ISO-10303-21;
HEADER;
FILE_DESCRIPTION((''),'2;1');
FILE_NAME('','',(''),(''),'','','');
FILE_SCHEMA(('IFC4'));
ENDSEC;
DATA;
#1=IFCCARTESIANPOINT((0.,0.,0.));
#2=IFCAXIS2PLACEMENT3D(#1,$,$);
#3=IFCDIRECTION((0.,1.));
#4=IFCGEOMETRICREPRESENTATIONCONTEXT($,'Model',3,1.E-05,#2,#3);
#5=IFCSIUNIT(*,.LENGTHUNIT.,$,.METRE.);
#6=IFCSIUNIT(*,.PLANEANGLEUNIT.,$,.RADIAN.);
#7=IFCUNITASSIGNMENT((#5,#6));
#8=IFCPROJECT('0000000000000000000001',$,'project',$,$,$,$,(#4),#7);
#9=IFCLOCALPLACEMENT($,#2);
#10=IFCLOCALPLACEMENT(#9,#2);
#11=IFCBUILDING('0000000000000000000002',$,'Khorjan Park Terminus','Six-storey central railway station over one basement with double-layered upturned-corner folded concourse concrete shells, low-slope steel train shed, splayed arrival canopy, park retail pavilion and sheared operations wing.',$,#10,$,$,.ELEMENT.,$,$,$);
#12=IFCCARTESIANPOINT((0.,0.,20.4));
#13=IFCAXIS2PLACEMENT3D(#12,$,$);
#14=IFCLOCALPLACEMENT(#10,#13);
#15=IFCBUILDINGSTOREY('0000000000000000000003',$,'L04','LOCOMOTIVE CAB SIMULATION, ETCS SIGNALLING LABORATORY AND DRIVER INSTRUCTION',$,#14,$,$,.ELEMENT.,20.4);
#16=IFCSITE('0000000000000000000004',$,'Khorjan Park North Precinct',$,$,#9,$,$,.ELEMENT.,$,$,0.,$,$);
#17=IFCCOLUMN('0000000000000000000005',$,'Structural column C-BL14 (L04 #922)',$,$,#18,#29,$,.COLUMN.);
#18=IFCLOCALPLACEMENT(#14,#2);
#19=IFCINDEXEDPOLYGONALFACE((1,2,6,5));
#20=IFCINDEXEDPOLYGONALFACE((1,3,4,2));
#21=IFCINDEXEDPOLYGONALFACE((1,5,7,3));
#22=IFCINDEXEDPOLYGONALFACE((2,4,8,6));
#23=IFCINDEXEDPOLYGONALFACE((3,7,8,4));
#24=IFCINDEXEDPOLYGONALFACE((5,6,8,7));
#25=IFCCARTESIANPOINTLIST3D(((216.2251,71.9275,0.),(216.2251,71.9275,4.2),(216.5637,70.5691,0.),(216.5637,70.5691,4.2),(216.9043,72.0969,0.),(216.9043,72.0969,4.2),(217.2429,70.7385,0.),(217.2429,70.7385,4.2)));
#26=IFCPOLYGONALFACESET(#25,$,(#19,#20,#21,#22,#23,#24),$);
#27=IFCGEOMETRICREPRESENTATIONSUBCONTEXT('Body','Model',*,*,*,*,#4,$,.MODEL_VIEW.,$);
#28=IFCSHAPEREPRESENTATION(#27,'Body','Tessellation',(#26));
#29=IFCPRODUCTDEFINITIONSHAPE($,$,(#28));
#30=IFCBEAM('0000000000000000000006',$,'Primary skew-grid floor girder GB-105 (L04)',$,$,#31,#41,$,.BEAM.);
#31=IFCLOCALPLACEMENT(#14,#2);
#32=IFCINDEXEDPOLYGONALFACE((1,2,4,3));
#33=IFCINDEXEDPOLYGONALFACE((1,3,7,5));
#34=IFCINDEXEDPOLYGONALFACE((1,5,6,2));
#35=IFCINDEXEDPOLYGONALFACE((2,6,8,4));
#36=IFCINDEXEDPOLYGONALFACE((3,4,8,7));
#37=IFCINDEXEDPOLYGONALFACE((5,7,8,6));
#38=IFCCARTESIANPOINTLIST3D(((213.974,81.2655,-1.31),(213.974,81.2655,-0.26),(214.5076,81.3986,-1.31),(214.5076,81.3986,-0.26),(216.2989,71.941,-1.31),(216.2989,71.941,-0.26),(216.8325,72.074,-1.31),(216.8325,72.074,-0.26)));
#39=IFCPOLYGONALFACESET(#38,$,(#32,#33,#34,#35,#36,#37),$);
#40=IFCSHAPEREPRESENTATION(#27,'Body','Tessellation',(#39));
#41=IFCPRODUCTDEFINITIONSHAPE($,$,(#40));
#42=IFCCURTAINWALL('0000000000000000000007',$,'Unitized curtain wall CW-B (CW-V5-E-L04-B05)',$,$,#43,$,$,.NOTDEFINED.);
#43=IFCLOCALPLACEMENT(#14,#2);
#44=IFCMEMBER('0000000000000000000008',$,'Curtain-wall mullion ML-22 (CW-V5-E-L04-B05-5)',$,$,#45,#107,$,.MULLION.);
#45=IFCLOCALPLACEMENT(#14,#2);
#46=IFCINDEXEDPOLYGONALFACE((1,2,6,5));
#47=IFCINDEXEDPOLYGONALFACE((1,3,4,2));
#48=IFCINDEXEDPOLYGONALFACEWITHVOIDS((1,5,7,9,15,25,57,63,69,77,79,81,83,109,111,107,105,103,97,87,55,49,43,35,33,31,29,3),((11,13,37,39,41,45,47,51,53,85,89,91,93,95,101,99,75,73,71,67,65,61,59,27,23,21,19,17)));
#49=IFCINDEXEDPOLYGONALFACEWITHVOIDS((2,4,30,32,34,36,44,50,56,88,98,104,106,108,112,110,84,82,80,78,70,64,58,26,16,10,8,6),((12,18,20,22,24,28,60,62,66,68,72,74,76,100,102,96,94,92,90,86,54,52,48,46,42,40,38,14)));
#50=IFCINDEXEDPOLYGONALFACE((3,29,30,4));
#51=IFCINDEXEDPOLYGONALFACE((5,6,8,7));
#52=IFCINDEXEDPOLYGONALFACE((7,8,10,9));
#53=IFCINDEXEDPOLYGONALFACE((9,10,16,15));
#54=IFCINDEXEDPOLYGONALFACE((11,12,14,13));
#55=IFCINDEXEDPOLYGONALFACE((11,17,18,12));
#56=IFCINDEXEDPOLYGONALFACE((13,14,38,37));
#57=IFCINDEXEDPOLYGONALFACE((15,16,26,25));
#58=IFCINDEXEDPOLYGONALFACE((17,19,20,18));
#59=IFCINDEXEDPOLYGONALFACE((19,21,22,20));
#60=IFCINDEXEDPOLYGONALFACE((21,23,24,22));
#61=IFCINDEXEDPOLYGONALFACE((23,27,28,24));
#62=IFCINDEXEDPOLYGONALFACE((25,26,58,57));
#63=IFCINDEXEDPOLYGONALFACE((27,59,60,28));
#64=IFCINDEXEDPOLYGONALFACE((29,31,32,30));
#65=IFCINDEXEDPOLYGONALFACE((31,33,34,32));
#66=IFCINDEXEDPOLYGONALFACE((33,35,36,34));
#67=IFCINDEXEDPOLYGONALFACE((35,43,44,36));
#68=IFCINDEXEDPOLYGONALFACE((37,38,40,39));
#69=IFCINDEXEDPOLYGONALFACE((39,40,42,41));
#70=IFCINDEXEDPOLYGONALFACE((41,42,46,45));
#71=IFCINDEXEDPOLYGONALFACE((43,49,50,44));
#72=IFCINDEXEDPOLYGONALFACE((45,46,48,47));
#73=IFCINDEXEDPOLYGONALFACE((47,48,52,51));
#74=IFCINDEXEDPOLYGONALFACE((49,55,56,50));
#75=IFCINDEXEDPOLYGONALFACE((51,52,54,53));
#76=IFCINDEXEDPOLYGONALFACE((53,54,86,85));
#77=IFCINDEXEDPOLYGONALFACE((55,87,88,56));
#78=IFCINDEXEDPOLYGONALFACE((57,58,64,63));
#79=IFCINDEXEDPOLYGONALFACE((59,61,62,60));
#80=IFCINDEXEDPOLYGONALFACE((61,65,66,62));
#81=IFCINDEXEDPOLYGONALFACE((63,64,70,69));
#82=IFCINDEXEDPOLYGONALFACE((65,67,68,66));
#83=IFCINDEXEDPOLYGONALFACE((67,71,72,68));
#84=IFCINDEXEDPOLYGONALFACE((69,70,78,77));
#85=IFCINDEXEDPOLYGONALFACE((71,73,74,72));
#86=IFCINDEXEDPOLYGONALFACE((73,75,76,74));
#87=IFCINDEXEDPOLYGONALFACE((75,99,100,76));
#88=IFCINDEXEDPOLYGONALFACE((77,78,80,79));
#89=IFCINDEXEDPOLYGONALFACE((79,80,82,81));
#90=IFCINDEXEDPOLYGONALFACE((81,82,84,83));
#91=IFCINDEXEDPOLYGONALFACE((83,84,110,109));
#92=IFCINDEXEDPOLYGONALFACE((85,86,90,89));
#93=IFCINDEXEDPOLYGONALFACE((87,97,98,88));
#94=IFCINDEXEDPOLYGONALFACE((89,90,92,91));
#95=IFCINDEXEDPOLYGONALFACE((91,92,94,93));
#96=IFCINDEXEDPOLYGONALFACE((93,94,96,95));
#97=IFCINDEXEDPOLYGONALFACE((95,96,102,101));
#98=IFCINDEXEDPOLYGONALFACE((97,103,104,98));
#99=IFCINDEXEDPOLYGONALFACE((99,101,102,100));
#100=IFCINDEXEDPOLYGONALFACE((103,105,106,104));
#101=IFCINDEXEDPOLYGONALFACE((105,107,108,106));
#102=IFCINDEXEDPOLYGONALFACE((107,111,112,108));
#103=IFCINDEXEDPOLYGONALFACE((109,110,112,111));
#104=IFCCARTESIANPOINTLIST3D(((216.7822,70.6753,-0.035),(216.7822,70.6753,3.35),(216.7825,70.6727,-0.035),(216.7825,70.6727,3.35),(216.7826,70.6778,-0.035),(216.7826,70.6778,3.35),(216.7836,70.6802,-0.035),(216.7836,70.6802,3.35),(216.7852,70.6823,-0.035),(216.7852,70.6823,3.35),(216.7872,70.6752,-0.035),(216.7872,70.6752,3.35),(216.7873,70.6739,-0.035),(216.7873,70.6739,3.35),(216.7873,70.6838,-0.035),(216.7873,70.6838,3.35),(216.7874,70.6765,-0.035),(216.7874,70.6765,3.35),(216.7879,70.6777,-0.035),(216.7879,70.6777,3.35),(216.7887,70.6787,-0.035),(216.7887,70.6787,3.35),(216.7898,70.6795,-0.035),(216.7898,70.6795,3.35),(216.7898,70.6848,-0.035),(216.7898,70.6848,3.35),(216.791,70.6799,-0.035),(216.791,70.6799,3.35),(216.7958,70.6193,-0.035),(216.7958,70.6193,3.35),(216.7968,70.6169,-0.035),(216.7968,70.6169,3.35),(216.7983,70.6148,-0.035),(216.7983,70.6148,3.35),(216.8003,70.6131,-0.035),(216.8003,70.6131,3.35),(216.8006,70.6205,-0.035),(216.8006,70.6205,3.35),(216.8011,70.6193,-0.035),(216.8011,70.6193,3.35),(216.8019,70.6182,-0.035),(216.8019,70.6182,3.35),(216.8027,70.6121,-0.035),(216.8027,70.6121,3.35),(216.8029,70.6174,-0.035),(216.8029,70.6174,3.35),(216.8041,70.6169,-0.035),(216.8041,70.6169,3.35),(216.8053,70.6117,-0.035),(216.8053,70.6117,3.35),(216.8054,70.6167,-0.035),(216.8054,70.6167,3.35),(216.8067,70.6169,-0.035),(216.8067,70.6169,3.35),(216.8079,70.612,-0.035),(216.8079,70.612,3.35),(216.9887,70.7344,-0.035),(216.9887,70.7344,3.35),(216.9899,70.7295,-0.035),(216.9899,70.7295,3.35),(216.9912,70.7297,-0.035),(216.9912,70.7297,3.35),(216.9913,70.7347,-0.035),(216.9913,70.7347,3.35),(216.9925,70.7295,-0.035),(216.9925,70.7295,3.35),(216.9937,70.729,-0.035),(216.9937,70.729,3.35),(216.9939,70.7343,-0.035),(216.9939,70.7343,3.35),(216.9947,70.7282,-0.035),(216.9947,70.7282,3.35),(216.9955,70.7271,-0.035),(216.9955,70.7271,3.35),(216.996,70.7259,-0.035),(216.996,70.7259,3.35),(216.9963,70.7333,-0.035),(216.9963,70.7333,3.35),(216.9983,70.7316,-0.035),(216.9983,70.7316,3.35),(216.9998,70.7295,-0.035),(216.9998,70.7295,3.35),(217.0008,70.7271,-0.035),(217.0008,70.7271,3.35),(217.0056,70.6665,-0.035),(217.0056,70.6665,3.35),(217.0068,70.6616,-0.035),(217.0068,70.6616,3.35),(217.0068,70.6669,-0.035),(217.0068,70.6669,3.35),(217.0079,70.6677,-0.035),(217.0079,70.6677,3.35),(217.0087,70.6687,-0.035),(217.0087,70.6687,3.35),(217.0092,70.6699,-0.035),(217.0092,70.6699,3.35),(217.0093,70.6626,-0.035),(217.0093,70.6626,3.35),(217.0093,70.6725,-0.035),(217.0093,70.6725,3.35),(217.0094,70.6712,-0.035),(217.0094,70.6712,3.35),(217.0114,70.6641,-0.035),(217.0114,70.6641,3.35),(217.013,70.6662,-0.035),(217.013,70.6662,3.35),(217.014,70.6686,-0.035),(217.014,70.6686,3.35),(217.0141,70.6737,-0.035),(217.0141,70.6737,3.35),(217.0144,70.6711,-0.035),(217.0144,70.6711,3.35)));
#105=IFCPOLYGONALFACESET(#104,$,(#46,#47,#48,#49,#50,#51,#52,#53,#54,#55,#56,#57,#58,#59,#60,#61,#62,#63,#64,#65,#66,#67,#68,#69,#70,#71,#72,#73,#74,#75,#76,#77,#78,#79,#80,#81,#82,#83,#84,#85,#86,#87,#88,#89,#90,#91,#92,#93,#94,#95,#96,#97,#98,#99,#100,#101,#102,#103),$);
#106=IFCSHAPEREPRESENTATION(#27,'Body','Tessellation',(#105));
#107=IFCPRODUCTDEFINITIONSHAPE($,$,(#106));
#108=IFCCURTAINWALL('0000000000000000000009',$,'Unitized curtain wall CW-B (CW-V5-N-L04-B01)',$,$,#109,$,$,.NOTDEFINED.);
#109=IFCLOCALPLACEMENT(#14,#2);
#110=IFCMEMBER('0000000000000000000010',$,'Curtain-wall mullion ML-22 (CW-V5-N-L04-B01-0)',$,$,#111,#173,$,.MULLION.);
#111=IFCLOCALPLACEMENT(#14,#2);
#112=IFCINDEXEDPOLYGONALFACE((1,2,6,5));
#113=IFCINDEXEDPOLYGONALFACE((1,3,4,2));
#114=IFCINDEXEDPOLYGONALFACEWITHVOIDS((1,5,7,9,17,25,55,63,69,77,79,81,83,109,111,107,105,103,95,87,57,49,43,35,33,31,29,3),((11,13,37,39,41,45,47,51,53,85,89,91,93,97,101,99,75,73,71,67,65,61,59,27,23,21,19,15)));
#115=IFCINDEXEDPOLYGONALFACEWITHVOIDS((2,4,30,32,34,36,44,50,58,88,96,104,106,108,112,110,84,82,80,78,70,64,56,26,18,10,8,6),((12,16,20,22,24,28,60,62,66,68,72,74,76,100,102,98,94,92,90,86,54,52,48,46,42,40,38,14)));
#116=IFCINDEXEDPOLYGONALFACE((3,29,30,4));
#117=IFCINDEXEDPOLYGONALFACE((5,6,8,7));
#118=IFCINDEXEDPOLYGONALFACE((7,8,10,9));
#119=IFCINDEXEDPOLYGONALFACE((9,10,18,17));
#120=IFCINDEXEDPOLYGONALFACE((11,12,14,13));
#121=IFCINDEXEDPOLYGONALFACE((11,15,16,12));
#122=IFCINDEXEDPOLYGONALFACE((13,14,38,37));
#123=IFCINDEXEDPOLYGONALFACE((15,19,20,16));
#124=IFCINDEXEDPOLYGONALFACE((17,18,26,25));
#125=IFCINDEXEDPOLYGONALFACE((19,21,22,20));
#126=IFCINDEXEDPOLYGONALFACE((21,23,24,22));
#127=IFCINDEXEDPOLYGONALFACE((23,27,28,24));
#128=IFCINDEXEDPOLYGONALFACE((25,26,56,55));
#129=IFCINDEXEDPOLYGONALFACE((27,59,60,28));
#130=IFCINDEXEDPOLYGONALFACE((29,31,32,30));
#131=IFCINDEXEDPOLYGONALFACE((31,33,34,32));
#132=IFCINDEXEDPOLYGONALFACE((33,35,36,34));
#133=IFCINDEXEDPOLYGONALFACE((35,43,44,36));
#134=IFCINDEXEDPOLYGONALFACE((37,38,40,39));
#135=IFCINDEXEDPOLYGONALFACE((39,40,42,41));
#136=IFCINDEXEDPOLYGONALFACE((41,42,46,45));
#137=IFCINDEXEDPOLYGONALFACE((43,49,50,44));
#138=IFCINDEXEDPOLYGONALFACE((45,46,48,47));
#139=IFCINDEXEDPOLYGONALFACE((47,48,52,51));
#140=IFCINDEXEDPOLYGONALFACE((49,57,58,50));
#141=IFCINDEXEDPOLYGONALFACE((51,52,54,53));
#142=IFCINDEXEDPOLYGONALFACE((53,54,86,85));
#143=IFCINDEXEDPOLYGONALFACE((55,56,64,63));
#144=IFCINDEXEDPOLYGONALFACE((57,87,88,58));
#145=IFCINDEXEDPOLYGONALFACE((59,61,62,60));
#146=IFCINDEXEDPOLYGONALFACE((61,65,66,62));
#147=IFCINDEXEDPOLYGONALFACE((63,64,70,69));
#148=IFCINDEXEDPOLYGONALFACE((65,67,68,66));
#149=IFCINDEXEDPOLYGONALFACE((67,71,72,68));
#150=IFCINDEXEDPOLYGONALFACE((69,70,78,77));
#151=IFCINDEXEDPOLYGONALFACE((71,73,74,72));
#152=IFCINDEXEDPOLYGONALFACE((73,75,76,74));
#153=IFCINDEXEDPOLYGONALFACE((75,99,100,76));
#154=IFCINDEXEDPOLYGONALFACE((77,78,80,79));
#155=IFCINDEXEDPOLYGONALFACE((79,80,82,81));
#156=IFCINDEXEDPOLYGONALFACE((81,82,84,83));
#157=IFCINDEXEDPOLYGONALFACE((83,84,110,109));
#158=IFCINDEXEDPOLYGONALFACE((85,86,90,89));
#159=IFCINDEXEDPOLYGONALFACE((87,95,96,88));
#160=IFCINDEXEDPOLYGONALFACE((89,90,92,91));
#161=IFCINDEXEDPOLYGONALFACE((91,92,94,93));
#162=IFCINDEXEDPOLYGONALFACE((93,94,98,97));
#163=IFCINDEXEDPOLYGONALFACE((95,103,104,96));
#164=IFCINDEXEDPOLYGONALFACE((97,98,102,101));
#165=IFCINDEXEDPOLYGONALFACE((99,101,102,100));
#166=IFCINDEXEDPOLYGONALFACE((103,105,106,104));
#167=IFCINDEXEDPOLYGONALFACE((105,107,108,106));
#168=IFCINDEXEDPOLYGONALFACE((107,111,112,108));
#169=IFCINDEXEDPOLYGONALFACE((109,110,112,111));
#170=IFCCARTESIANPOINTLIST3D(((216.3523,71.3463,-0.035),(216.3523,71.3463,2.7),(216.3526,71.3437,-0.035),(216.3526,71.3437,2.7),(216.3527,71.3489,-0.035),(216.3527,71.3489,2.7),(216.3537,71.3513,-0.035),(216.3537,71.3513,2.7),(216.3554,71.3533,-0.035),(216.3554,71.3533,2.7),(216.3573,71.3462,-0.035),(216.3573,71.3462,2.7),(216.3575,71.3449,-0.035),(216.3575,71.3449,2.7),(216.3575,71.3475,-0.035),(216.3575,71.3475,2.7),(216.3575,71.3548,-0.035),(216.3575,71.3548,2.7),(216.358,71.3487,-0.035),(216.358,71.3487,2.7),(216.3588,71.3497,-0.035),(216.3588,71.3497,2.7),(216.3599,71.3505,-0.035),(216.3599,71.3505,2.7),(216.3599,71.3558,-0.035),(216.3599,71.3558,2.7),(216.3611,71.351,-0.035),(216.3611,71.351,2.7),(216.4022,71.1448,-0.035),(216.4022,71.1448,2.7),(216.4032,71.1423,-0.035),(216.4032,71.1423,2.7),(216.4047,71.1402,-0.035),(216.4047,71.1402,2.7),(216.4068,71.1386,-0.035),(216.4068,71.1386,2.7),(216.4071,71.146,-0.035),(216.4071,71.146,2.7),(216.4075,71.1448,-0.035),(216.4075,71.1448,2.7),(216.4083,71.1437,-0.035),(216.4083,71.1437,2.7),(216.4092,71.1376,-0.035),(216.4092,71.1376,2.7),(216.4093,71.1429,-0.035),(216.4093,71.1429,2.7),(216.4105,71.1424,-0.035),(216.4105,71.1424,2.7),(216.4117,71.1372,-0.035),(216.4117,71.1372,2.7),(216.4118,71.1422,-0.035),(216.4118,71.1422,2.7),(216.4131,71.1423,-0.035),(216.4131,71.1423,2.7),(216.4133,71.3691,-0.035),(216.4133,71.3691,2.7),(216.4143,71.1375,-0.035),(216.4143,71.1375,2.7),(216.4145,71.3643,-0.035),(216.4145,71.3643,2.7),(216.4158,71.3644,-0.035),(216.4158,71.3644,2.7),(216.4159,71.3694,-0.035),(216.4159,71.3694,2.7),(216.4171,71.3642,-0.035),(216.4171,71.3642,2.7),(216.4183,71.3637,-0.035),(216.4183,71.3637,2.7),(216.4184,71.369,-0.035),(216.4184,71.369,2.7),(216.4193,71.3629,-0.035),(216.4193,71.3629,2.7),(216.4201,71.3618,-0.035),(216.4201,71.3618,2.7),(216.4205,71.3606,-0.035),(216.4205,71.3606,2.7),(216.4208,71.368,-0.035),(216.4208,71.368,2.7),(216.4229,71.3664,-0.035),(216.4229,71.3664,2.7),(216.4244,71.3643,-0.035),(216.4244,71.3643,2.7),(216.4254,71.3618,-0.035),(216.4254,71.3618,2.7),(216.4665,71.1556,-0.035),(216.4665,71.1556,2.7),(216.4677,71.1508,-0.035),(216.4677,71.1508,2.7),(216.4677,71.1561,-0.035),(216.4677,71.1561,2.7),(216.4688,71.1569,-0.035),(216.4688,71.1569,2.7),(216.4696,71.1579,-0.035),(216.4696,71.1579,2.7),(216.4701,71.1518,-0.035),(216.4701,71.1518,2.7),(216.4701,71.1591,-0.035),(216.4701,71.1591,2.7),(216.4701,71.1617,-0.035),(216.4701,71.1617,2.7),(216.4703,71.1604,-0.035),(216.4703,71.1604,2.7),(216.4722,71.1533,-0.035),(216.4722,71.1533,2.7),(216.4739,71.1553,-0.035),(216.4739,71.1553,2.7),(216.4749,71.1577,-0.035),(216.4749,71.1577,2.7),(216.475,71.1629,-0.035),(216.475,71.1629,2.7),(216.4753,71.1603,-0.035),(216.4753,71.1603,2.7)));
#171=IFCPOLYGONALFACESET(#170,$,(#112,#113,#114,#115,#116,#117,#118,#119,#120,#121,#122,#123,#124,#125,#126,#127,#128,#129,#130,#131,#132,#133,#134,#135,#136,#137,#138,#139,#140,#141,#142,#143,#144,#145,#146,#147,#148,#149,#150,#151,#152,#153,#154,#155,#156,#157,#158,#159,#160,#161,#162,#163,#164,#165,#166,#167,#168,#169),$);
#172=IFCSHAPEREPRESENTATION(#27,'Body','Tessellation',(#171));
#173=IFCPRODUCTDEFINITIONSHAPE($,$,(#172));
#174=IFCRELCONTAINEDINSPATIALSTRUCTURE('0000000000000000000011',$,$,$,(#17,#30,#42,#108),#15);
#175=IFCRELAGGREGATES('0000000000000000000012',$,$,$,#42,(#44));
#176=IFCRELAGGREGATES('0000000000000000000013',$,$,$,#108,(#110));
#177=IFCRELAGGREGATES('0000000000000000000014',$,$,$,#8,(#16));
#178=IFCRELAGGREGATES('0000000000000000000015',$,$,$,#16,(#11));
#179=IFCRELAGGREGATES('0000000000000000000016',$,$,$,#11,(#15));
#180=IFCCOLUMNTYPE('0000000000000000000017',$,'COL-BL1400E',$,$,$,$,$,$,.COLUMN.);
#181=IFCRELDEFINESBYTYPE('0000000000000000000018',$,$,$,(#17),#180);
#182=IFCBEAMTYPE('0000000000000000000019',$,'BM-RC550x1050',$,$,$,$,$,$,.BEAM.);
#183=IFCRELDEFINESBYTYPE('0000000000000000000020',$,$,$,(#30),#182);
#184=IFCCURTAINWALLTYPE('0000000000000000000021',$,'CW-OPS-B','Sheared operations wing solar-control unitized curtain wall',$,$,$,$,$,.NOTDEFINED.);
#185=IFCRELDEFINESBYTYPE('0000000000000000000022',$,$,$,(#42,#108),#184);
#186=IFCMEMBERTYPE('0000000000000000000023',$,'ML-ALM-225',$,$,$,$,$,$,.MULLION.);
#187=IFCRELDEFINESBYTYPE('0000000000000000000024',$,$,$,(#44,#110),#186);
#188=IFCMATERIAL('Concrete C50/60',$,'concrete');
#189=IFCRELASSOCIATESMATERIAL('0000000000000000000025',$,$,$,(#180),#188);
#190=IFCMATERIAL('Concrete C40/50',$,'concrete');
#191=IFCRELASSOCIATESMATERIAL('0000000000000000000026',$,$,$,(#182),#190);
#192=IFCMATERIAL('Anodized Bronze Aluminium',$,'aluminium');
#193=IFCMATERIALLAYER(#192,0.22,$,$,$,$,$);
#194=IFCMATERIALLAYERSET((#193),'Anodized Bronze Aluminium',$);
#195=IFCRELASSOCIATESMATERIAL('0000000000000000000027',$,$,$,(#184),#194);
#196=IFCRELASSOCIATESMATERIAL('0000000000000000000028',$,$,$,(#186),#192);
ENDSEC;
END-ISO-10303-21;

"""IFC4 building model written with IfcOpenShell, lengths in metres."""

from ifc_helpers import new_model, si_unit, direction, frame, origin, origin_2d, place, context, subcontext, project, spatial, rectangle, hollow_rectangle, extrude, material, layer, layer_set, material_profile, profile_set, type_object, element, aggregate, save


model = new_model("IFC4")

# Units and contexts
model_context = context("Model", 3, precision=1e-05, world=origin(), true_north=direction((0.0, 1.0)))
body_context = subcontext(model_context, "Body", "Model", "MODEL_VIEW")
ifc_project = project(units=[si_unit("LENGTHUNIT", "METRE"), si_unit("PLANEANGLEUNIT", "RADIAN")], contexts=[model_context])

# Site, building, storey
site_placement = place(None, origin())
site = spatial("IfcSite", under=ifc_project, at=site_placement, Name="Khorjan Park North Precinct", CompositionType="ELEMENT", RefElevation=0.0)
building_placement = place(site_placement, origin())
building = spatial("IfcBuilding", under=site, at=building_placement, Name="Khorjan Park Terminus", Description="Six-storey central railway station over one basement with double-layered upturned-corner folded concourse concrete shells, low-slope steel train shed, splayed arrival canopy, park retail pavilion and sheared operations wing.", CompositionType="ELEMENT")
storey_placement = place(building_placement, frame((0.0, 0.0, 20.4)))
storey = spatial("IfcBuildingStorey", under=building, at=storey_placement, Name="L04", Description="LOCOMOTIVE CAB SIMULATION, ETCS SIGNALLING LABORATORY AND DRIVER INSTRUCTION", CompositionType="ELEMENT", Elevation=20.4)

# Column
ifc_material_1 = material(Name="Concrete C50/60", Category="concrete")
ifc_material_profile_1 = material_profile(ifc_material_1, rectangle(XDim=0.7, YDim=1.4, at=origin_2d()), Name="RC 700x1400")
ifc_profile_set_1 = profile_set([ifc_material_profile_1], Name="Concrete C50/60")
column_type = type_object("IfcColumnType", Name="COL-BL1400E", PredefinedType="COLUMN", material=ifc_profile_set_1)
column_placement = place(storey_placement, frame((216.734, 71.333, 0.0), z_axis=(0.0, 0.0, 1.0), x_axis=(0.970296, 0.241922, 0.0)))
element("IfcColumn", 1, at=column_placement, inside=storey, type_object=column_type, Name="Structural column C-BL14 (L04 #922)", PredefinedType="COLUMN", context=body_context, shape_type="SweptSolid", body=[
    extrude(rectangle(XDim=0.7, YDim=1.4, at=origin_2d()), origin(), (0.0, 0.0, 1.0), 4.2),
])

# Beam
ifc_material_2 = material(Name="Concrete C40/50", Category="concrete")
ifc_material_profile_2 = material_profile(ifc_material_2, rectangle(XDim=0.55, YDim=1.05, at=origin_2d()), Name="RC 550x1050")
ifc_profile_set_2 = profile_set([ifc_material_profile_2], Name="Concrete C40/50")
beam_type = type_object("IfcBeamType", Name="BM-RC550x1050", PredefinedType="BEAM", material=ifc_profile_set_2)
beam_placement = place(storey_placement, frame((216.5657, 72.0075, -0.785), z_axis=(-0.241926, 0.970295, 0.0), x_axis=(-0.970295, -0.241926, 0.0)))
element("IfcBeam", 2, at=beam_placement, inside=storey, type_object=beam_type, Name="Primary skew-grid floor girder GB-105 (L04)", PredefinedType="BEAM", context=body_context, shape_type="SweptSolid", body=[
    extrude(rectangle(XDim=0.55, YDim=1.05, at=origin_2d()), origin(), (0.0, 0.0, 1.0), 9.61),
])

# Curtain wall, member
ifc_material_3 = material(Name="Anodized Bronze Aluminium", Category="aluminium")
ifc_layer_1 = layer(ifc_material_3, 0.22)
ifc_layer_set_1 = layer_set([ifc_layer_1], Name="Anodized Bronze Aluminium")
curtain_wall_type = type_object("IfcCurtainWallType", Name="CW-OPS-B", Description="Sheared operations wing solar-control unitized curtain wall", PredefinedType="NOTDEFINED", material=ifc_layer_set_1)
curtain_wall_1_placement = place(storey_placement, origin())
curtain_wall_1 = element("IfcCurtainWall", 3, at=curtain_wall_1_placement, inside=storey, type_object=curtain_wall_type, Name="Unitized curtain wall CW-B (CW-V5-E-L04-B05)", PredefinedType="NOTDEFINED")
ifc_material_profile_3 = material_profile(ifc_material_3, hollow_rectangle(XDim=0.075, YDim=0.225, WallThickness=0.005, InnerFilletRadius=0.005, OuterFilletRadius=0.01, at=origin_2d()), Name="ALM 75x225x5")
ifc_profile_set_3 = profile_set([ifc_material_profile_3], Name="Anodized Bronze Aluminium")
member_type_1 = type_object("IfcMemberType", Name="ML-ALM-225", PredefinedType="MULLION", material=ifc_profile_set_3)
member_1_placement = place(storey_placement, frame((216.8983, 70.6732, -0.035), z_axis=(0.0, 0.0, 1.0), x_axis=(-0.241935, 0.970292, 0.0)))
member_1 = element("IfcMember", 4, at=member_1_placement, type_object=member_type_1, Name="Curtain-wall mullion ML-22 (CW-V5-E-L04-B05-5)", PredefinedType="MULLION", context=body_context, shape_type="SweptSolid", body=[
    extrude(hollow_rectangle(XDim=0.075, YDim=0.225, WallThickness=0.005, InnerFilletRadius=0.005, OuterFilletRadius=0.01, at=origin_2d()), origin(), (0.0, 0.0, 1.0), 3.385),
])

# Curtain wall, member
curtain_wall_2_placement = place(storey_placement, origin())
curtain_wall_2 = element("IfcCurtainWall", 5, at=curtain_wall_2_placement, inside=storey, type_object=curtain_wall_type, Name="Unitized curtain wall CW-B (CW-V5-N-L04-B01)", PredefinedType="NOTDEFINED")
member_2_placement = place(storey_placement, frame((216.4138, 71.2533, -0.035), z_axis=(0.0, 0.0, 1.0), x_axis=(-0.970296, -0.241919, 0.0)))
member_2 = element("IfcMember", 6, at=member_2_placement, type_object=member_type_1, Name="Curtain-wall mullion ML-22 (CW-V5-N-L04-B01-0)", PredefinedType="MULLION", context=body_context, shape_type="SweptSolid", body=[
    extrude(hollow_rectangle(XDim=0.075, YDim=0.225, WallThickness=0.005, InnerFilletRadius=0.005, OuterFilletRadius=0.01, at=origin_2d()), origin(), (0.0, 0.0, 1.0), 2.735),
])

aggregate(curtain_wall_1, [member_1])
aggregate(curtain_wall_2, [member_2])

save(model, "model.ifc")
